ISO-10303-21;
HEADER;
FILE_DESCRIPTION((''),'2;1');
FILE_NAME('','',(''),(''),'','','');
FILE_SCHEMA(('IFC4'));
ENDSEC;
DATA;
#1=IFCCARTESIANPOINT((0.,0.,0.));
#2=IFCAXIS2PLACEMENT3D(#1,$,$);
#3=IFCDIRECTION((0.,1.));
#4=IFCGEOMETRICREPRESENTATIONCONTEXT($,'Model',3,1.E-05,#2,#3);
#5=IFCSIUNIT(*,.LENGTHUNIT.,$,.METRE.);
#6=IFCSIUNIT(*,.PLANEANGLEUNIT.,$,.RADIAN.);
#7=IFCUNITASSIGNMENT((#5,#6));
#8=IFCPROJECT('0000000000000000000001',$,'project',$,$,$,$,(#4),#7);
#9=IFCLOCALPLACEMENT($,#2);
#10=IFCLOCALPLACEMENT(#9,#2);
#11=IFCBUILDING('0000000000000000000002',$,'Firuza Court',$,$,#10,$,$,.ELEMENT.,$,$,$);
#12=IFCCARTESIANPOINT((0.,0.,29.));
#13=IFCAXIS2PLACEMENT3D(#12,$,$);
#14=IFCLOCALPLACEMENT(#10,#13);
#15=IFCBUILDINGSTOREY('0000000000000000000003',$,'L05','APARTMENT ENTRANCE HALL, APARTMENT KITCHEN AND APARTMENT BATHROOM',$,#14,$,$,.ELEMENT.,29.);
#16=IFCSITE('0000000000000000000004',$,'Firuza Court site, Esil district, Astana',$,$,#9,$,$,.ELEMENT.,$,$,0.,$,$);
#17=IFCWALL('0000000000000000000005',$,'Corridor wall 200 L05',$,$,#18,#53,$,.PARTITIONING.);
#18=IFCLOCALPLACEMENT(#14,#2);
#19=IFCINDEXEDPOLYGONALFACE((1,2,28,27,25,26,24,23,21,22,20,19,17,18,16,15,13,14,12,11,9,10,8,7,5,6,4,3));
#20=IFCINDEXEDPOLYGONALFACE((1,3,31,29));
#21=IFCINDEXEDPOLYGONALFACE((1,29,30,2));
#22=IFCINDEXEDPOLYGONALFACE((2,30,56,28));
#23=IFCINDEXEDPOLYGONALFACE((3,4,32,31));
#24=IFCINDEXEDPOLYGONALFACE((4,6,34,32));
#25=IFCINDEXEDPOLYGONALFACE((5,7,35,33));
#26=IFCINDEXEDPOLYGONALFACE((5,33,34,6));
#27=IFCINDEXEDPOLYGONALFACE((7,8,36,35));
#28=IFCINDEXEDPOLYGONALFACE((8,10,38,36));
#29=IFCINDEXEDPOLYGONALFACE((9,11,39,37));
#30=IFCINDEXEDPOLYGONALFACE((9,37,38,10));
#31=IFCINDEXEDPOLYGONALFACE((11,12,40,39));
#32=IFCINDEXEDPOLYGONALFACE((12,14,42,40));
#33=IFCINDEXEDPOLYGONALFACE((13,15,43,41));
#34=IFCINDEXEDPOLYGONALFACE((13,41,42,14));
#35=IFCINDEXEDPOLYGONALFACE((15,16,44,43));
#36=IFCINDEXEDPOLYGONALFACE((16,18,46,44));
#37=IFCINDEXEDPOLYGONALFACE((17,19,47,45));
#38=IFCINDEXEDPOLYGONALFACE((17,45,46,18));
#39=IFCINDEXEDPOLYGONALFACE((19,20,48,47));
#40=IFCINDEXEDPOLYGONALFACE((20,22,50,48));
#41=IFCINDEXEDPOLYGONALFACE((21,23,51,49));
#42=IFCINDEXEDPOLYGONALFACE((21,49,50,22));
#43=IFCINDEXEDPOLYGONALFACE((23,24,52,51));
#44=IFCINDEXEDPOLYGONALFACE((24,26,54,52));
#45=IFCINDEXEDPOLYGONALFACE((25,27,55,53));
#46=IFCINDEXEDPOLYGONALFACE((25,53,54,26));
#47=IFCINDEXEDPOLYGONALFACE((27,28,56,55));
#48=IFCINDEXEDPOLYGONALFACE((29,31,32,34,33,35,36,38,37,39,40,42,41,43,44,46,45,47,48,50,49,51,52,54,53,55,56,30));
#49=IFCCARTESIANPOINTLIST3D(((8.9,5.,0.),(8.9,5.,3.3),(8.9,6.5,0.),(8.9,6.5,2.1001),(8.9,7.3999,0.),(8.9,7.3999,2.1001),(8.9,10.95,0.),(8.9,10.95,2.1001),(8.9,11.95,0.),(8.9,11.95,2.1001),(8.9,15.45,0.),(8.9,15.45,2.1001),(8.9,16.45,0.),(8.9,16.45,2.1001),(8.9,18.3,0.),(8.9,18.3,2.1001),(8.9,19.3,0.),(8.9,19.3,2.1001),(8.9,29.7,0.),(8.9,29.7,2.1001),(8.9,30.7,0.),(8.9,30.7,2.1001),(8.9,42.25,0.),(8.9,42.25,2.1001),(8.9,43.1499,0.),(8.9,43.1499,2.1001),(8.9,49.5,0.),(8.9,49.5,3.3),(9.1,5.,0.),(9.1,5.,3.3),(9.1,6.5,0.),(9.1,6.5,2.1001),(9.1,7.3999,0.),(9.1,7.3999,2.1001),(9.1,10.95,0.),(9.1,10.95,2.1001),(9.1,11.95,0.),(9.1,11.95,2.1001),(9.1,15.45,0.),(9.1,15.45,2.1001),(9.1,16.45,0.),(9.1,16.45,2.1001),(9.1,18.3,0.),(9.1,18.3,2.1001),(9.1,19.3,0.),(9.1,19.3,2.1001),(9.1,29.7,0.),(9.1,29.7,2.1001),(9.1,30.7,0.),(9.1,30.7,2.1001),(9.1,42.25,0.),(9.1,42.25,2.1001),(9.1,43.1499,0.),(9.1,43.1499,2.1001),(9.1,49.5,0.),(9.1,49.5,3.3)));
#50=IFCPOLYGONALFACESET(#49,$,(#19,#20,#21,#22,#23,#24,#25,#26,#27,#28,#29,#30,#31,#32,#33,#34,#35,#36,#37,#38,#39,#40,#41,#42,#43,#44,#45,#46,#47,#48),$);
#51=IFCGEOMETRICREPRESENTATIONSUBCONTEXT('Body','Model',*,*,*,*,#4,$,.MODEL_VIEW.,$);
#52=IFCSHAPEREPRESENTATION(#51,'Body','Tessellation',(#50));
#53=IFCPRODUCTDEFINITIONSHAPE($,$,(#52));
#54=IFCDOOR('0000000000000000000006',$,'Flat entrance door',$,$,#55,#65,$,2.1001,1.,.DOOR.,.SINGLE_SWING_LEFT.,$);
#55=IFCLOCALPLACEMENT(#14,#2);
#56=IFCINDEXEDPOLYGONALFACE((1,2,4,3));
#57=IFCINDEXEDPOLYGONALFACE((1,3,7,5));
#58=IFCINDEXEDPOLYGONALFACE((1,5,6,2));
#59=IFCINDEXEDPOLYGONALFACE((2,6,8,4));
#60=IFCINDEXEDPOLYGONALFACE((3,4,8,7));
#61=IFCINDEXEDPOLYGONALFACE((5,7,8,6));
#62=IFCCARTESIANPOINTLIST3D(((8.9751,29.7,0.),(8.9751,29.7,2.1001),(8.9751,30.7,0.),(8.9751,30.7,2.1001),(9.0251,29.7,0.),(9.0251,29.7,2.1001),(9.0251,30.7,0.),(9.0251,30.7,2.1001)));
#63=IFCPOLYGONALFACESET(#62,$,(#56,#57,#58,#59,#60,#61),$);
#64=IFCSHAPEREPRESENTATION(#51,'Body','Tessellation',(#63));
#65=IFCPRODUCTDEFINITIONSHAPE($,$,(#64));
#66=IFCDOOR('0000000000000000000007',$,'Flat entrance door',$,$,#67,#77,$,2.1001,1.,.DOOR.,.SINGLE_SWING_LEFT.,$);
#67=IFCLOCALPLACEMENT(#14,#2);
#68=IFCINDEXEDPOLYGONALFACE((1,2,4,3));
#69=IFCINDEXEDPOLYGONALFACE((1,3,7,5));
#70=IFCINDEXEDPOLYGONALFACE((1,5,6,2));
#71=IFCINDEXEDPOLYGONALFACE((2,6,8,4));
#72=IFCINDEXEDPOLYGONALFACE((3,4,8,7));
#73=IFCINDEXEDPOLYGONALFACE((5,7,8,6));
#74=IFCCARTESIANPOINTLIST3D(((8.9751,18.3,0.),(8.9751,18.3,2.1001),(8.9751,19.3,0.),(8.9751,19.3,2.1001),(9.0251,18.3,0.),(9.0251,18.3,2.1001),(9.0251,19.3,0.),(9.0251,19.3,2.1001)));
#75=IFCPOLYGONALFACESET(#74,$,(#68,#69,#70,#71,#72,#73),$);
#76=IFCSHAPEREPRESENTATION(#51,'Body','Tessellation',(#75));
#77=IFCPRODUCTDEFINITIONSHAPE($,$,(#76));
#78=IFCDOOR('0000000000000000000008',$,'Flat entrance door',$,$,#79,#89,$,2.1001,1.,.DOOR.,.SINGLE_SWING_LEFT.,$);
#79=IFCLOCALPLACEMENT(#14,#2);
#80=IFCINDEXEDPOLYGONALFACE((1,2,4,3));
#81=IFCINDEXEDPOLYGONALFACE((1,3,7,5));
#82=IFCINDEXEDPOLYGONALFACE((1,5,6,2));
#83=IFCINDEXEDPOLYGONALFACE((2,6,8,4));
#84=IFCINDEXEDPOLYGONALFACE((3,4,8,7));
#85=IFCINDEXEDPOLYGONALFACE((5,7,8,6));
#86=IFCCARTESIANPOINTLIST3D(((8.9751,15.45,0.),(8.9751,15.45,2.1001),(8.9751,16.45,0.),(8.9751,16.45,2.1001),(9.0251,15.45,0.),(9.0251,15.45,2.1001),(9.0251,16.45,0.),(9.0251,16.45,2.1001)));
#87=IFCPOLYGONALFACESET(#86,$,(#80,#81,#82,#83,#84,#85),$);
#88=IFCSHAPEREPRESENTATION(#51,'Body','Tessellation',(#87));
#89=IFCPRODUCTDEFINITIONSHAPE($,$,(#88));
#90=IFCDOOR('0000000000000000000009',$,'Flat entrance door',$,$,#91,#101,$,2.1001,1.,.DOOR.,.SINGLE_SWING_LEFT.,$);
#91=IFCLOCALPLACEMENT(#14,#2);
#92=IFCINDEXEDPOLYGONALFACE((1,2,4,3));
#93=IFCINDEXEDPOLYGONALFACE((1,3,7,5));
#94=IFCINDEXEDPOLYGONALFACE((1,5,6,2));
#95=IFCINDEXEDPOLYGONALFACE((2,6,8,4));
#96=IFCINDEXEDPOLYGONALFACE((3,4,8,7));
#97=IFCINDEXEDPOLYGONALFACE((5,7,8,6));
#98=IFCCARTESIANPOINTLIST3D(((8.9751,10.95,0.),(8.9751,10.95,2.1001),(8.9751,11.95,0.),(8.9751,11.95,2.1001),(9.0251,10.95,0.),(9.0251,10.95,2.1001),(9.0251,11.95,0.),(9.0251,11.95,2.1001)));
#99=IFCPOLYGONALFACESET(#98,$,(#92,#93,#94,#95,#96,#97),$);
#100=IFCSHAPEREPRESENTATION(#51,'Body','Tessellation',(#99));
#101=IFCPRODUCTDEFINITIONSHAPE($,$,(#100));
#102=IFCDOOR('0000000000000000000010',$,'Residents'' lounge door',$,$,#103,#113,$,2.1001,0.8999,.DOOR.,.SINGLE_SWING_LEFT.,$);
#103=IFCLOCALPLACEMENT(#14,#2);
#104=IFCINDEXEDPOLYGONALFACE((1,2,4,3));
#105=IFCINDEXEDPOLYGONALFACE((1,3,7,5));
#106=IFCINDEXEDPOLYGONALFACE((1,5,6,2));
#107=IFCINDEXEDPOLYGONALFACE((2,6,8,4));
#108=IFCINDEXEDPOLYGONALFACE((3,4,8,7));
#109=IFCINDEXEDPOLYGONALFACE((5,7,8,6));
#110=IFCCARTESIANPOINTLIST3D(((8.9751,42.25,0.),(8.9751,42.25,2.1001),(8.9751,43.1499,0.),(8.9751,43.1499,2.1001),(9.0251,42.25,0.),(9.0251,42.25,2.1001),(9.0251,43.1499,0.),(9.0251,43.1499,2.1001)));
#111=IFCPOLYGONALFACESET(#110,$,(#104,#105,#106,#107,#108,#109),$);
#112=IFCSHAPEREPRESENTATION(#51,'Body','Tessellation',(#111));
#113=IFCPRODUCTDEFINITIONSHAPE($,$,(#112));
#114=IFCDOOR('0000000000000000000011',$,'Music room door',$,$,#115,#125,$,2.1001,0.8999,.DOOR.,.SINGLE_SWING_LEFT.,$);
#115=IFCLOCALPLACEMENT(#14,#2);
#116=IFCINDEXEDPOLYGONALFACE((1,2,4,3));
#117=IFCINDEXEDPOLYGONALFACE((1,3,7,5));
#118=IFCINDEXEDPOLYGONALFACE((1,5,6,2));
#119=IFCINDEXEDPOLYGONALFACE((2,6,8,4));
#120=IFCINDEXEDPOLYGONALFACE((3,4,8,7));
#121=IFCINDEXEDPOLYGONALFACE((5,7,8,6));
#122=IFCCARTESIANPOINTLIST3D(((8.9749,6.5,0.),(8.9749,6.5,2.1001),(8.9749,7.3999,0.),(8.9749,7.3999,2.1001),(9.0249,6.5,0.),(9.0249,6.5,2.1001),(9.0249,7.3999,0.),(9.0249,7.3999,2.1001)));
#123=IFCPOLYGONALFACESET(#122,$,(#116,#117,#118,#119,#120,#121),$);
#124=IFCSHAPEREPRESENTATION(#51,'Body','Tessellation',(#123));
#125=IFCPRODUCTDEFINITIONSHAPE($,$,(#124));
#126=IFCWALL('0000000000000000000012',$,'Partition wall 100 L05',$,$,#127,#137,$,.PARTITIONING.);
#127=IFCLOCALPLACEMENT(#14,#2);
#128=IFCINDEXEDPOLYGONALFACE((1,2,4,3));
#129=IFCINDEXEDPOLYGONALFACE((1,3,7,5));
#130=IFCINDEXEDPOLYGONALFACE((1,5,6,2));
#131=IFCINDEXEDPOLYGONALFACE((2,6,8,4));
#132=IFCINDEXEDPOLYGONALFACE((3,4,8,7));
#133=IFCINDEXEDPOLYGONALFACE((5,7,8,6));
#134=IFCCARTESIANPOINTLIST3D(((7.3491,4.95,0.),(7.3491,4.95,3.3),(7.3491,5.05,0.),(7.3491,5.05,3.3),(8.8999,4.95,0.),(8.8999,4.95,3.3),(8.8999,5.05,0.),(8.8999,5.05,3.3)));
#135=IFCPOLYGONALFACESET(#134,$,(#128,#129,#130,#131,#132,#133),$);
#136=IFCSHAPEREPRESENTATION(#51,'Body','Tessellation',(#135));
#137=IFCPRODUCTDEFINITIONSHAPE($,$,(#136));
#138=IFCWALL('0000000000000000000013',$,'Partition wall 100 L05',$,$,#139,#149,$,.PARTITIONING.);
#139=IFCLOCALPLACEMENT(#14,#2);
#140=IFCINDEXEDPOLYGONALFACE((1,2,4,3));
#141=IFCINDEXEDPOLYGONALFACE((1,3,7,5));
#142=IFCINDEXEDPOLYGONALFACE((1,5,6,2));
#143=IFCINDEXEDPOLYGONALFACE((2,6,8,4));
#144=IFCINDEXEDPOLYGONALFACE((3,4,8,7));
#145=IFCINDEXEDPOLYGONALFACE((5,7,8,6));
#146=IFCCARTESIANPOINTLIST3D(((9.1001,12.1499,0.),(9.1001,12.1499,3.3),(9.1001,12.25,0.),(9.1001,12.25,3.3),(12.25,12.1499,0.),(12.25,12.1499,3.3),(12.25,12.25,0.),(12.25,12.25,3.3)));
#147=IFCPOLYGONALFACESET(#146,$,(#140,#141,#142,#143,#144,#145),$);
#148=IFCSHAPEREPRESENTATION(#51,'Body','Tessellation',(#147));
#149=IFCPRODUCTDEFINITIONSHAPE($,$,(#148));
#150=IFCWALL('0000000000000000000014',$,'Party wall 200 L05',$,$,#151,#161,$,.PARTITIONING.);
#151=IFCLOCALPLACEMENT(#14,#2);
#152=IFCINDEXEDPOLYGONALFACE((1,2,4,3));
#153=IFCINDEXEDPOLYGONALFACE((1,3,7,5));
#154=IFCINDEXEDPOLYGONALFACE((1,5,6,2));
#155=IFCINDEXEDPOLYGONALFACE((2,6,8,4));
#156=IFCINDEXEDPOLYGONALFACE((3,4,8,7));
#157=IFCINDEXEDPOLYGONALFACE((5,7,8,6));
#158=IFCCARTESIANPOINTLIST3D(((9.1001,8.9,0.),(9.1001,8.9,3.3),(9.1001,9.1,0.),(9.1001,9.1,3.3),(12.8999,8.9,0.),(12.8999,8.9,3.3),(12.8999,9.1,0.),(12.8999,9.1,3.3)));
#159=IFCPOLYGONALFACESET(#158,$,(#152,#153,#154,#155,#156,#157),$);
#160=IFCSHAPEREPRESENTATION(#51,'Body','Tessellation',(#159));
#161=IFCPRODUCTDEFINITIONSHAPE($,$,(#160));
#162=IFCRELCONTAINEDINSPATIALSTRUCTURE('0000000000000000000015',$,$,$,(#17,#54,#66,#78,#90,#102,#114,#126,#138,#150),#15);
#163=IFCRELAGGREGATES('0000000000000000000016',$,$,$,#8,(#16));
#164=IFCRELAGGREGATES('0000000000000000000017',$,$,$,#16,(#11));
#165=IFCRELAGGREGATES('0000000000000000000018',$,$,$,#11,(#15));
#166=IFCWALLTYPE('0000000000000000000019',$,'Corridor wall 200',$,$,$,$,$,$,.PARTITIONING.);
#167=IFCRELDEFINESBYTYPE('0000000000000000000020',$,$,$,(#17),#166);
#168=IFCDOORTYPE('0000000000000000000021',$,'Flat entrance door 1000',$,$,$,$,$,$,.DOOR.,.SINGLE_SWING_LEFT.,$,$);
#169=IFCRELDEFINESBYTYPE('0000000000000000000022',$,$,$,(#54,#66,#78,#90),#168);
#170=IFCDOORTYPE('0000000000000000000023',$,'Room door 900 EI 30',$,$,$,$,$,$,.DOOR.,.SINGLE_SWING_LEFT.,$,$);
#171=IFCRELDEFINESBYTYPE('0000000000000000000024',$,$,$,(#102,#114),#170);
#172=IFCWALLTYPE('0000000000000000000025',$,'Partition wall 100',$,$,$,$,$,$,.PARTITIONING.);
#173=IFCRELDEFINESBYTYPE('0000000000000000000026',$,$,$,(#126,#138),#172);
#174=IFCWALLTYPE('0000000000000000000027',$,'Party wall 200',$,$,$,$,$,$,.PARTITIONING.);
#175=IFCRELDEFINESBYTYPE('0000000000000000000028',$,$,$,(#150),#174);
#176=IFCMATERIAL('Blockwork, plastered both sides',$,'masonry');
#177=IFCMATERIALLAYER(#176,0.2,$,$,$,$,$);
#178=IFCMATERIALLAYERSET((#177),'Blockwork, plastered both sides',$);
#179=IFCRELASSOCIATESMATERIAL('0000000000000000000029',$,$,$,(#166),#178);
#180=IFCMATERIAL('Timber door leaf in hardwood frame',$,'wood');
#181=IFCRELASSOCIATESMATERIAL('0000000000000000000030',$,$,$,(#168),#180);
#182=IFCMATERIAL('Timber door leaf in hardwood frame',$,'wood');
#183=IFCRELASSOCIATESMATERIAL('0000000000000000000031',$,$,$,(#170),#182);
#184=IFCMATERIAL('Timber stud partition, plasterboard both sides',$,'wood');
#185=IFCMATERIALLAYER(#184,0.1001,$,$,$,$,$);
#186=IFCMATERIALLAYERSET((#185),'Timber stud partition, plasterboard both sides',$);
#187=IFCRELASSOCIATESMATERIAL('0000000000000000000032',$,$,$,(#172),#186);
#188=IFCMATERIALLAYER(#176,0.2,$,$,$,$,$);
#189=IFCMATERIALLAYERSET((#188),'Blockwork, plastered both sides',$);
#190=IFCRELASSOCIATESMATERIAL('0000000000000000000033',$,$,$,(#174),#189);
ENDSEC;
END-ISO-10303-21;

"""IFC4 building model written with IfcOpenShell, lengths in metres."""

from ifc_helpers import new_model, si_unit, direction, frame, frame_2d, origin, place, context, subcontext, project, spatial, rectangle, extrude, material, layer, layer_set, type_object, element, fill, save


model = new_model("IFC4")

# Units and contexts
model_context = context("Model", 3, precision=1e-05, world=origin(), true_north=direction((0.0, 1.0)))
body_context = subcontext(model_context, "Body", "Model", "MODEL_VIEW")
ifc_project = project(units=[si_unit("LENGTHUNIT", "METRE"), si_unit("PLANEANGLEUNIT", "RADIAN")], contexts=[model_context])

# Site, building, storey
site_placement = place(None, origin())
site = spatial("IfcSite", under=ifc_project, at=site_placement, Name="Firuza Court site, Esil district, Astana", CompositionType="ELEMENT", RefElevation=0.0)
building_placement = place(site_placement, origin())
building = spatial("IfcBuilding", under=site, at=building_placement, Name="Firuza Court", CompositionType="ELEMENT")
storey_placement = place(building_placement, frame((0.0, 0.0, 29.0)))
storey = spatial("IfcBuildingStorey", under=building, at=storey_placement, Name="L05", Description="APARTMENT ENTRANCE HALL, APARTMENT KITCHEN AND APARTMENT BATHROOM", CompositionType="ELEMENT", Elevation=29.0)

# Wall, openings, doors
ifc_material_1 = material(Name="Blockwork, plastered both sides", Category="masonry")
ifc_layer_1 = layer(ifc_material_1, 0.2)
ifc_layer_set_1 = layer_set([ifc_layer_1], Name="Blockwork, plastered both sides")
wall_type_1 = type_object("IfcWallType", Name="Corridor wall 200", PredefinedType="PARTITIONING", material=ifc_layer_set_1)
wall_1_placement = place(storey_placement, frame((9.0, 5.0, 0.0), z_axis=(0.0, 0.0, 1.0), x_axis=(0.0, 1.0, 0.0)))
wall_1 = element("IfcWall", 1, at=wall_1_placement, inside=storey, type_object=wall_type_1, Name="Corridor wall 200 L05", PredefinedType="PARTITIONING", context=body_context, shape_type="SweptSolid", body=[
    extrude(rectangle(XDim=44.5, YDim=0.2, at=frame_2d((22.25, 0.0))), origin(), (0.0, 0.0, 1.0), 3.3),
])
opening_1_placement = place(wall_1_placement, frame((24.7, 0.0, 0.0)))
opening_1 = element("IfcOpeningElement", 2, at=opening_1_placement, cuts=wall_1, PredefinedType="OPENING", context=body_context, shape_type="SweptSolid", body=[
    extrude(rectangle(XDim=1.0, YDim=2.1001, at=frame_2d((0.5, 1.05))), frame((0.0, 0.1118, 0.0), z_axis=(0.0, -1.0, 0.0), x_axis=(1.0, 0.0, 0.0)), (0.0, 0.0, 1.0), 0.2239),
])
opening_2_placement = place(wall_1_placement, frame((13.3, 0.0, 0.0)))
opening_2 = element("IfcOpeningElement", 3, at=opening_2_placement, cuts=wall_1, PredefinedType="OPENING", context=body_context, shape_type="SweptSolid", body=[
    extrude(rectangle(XDim=1.0, YDim=2.1001, at=frame_2d((0.5, 1.05))), frame((0.0, 0.1118, 0.0), z_axis=(0.0, -1.0, 0.0), x_axis=(1.0, 0.0, 0.0)), (0.0, 0.0, 1.0), 0.2239),
])
opening_3_placement = place(wall_1_placement, frame((10.45, 0.0, 0.0)))
opening_3 = element("IfcOpeningElement", 4, at=opening_3_placement, cuts=wall_1, PredefinedType="OPENING", context=body_context, shape_type="SweptSolid", body=[
    extrude(rectangle(XDim=1.0, YDim=2.1001, at=frame_2d((0.5, 1.05))), frame((0.0, 0.1118, 0.0), z_axis=(0.0, -1.0, 0.0), x_axis=(1.0, 0.0, 0.0)), (0.0, 0.0, 1.0), 0.2239),
])
opening_4_placement = place(wall_1_placement, frame((5.95, 0.0, 0.0)))
opening_4 = element("IfcOpeningElement", 5, at=opening_4_placement, cuts=wall_1, PredefinedType="OPENING", context=body_context, shape_type="SweptSolid", body=[
    extrude(rectangle(XDim=1.0, YDim=2.1001, at=frame_2d((0.5, 1.05))), frame((0.0, 0.1118, 0.0), z_axis=(0.0, -1.0, 0.0), x_axis=(1.0, 0.0, 0.0)), (0.0, 0.0, 1.0), 0.2239),
])
opening_5_placement = place(wall_1_placement, frame((37.25, 0.0, 0.0)))
opening_5 = element("IfcOpeningElement", 6, at=opening_5_placement, cuts=wall_1, PredefinedType="OPENING", context=body_context, shape_type="SweptSolid", body=[
    extrude(rectangle(XDim=0.8999, YDim=2.1001, at=frame_2d((0.45, 1.05))), frame((0.0, 0.1118, 0.0), z_axis=(0.0, -1.0, 0.0), x_axis=(1.0, 0.0, 0.0)), (0.0, 0.0, 1.0), 0.2239),
])
opening_6_placement = place(wall_1_placement, frame((1.5, 0.0, 0.0)))
opening_6 = element("IfcOpeningElement", 7, at=opening_6_placement, cuts=wall_1, PredefinedType="OPENING", context=body_context, shape_type="SweptSolid", body=[
    extrude(rectangle(XDim=0.8999, YDim=2.1001, at=frame_2d((0.45, 1.05))), frame((0.0, 0.1118, 0.0), z_axis=(0.0, -1.0, 0.0), x_axis=(1.0, 0.0, 0.0)), (0.0, 0.0, 1.0), 0.2239),
])
ifc_material_2 = material(Name="Timber door leaf in hardwood frame", Category="wood")
door_type_1 = type_object("IfcDoorType", Name="Flat entrance door 1000", OperationType="SINGLE_SWING_LEFT", PredefinedType="DOOR", material=ifc_material_2)
door_1_placement = place(opening_1_placement, origin())
door_1 = element("IfcDoor", 8, at=door_1_placement, inside=storey, type_object=door_type_1, Name="Flat entrance door", OperationType="SINGLE_SWING_LEFT", OverallHeight=2.1001, OverallWidth=1.0, PredefinedType="DOOR", context=body_context, shape_type="SweptSolid", body=[
    extrude(rectangle(XDim=1.0, YDim=2.1001, at=frame_2d((0.5, 1.05))), frame((0.0, 0.0249, 0.0), z_axis=(0.0, -1.0, 0.0), x_axis=(1.0, 0.0, 0.0)), (0.0, 0.0, 1.0), 0.05),
])
fill(opening_1, door_1)
door_2_placement = place(opening_2_placement, origin())
door_2 = element("IfcDoor", 9, at=door_2_placement, inside=storey, type_object=door_type_1, Name="Flat entrance door", OperationType="SINGLE_SWING_LEFT", OverallHeight=2.1001, OverallWidth=1.0, PredefinedType="DOOR", context=body_context, shape_type="SweptSolid", body=[
    extrude(rectangle(XDim=1.0, YDim=2.1001, at=frame_2d((0.5, 1.05))), frame((0.0, 0.0249, 0.0), z_axis=(0.0, -1.0, 0.0), x_axis=(1.0, 0.0, 0.0)), (0.0, 0.0, 1.0), 0.05),
])
fill(opening_2, door_2)
door_3_placement = place(opening_3_placement, origin())
door_3 = element("IfcDoor", 10, at=door_3_placement, inside=storey, type_object=door_type_1, Name="Flat entrance door", OperationType="SINGLE_SWING_LEFT", OverallHeight=2.1001, OverallWidth=1.0, PredefinedType="DOOR", context=body_context, shape_type="SweptSolid", body=[
    extrude(rectangle(XDim=1.0, YDim=2.1001, at=frame_2d((0.5, 1.05))), frame((0.0, 0.0249, 0.0), z_axis=(0.0, -1.0, 0.0), x_axis=(1.0, 0.0, 0.0)), (0.0, 0.0, 1.0), 0.05),
])
fill(opening_3, door_3)
door_4_placement = place(opening_4_placement, origin())
door_4 = element("IfcDoor", 11, at=door_4_placement, inside=storey, type_object=door_type_1, Name="Flat entrance door", OperationType="SINGLE_SWING_LEFT", OverallHeight=2.1001, OverallWidth=1.0, PredefinedType="DOOR", context=body_context, shape_type="SweptSolid", body=[
    extrude(rectangle(XDim=1.0, YDim=2.1001, at=frame_2d((0.5, 1.05))), frame((0.0, 0.0249, 0.0), z_axis=(0.0, -1.0, 0.0), x_axis=(1.0, 0.0, 0.0)), (0.0, 0.0, 1.0), 0.05),
])
fill(opening_4, door_4)
ifc_material_3 = material(Name="Timber door leaf in hardwood frame", Category="wood")
door_type_2 = type_object("IfcDoorType", Name="Room door 900 EI 30", OperationType="SINGLE_SWING_LEFT", PredefinedType="DOOR", material=ifc_material_3)
door_5_placement = place(opening_5_placement, origin())
door_5 = element("IfcDoor", 12, at=door_5_placement, inside=storey, type_object=door_type_2, Name="Residents' lounge door", OperationType="SINGLE_SWING_LEFT", OverallHeight=2.1001, OverallWidth=0.8999, PredefinedType="DOOR", context=body_context, shape_type="SweptSolid", body=[
    extrude(rectangle(XDim=0.8999, YDim=2.1001, at=frame_2d((0.45, 1.05))), frame((0.0, 0.0249, 0.0), z_axis=(0.0, -1.0, 0.0), x_axis=(1.0, 0.0, 0.0)), (0.0, 0.0, 1.0), 0.05),
])
fill(opening_5, door_5)
door_6_placement = place(opening_6_placement, frame((0.8999, 0.0, 0.0), z_axis=(0.0, 0.0, 1.0), x_axis=(-1.0, 0.0, 0.0)))
door_6 = element("IfcDoor", 13, at=door_6_placement, inside=storey, type_object=door_type_2, Name="Music room door", OperationType="SINGLE_SWING_LEFT", OverallHeight=2.1001, OverallWidth=0.8999, PredefinedType="DOOR", context=body_context, shape_type="SweptSolid", body=[
    extrude(rectangle(XDim=0.8999, YDim=2.1001, at=frame_2d((0.45, 1.05))), frame((0.0, 0.0249, 0.0), z_axis=(0.0, -1.0, 0.0), x_axis=(1.0, 0.0, 0.0)), (0.0, 0.0, 1.0), 0.05),
])
fill(opening_6, door_6)

# Walls
ifc_material_4 = material(Name="Timber stud partition, plasterboard both sides", Category="wood")
ifc_layer_2 = layer(ifc_material_4, 0.1001)
ifc_layer_set_2 = layer_set([ifc_layer_2], Name="Timber stud partition, plasterboard both sides")
wall_type_2 = type_object("IfcWallType", Name="Partition wall 100", PredefinedType="PARTITIONING", material=ifc_layer_set_2)
wall_2_placement = place(storey_placement, frame((7.3491, 5.0, 0.0), z_axis=(0.0, 0.0, 1.0), x_axis=(1.0, 0.0, 0.0)))
element("IfcWall", 14, at=wall_2_placement, inside=storey, type_object=wall_type_2, Name="Partition wall 100 L05", PredefinedType="PARTITIONING", context=body_context, shape_type="SweptSolid", body=[
    extrude(rectangle(XDim=1.5508, YDim=0.1001, at=frame_2d((0.7754, 0.0))), origin(), (0.0, 0.0, 1.0), 3.3),
])
wall_3_placement = place(storey_placement, frame((9.1001, 12.2, 0.0), z_axis=(0.0, 0.0, 1.0), x_axis=(1.0, 0.0, 0.0)))
element("IfcWall", 15, at=wall_3_placement, inside=storey, type_object=wall_type_2, Name="Partition wall 100 L05", PredefinedType="PARTITIONING", context=body_context, shape_type="SweptSolid", body=[
    extrude(rectangle(XDim=3.1499, YDim=0.1001, at=frame_2d((1.575, 0.0))), origin(), (0.0, 0.0, 1.0), 3.3),
])
ifc_layer_3 = layer(ifc_material_1, 0.2)
ifc_layer_set_3 = layer_set([ifc_layer_3], Name="Blockwork, plastered both sides")
wall_type_3 = type_object("IfcWallType", Name="Party wall 200", PredefinedType="PARTITIONING", material=ifc_layer_set_3)
wall_4_placement = place(storey_placement, frame((9.1001, 9.0, 0.0), z_axis=(0.0, 0.0, 1.0), x_axis=(1.0, 0.0, 0.0)))
element("IfcWall", 16, at=wall_4_placement, inside=storey, type_object=wall_type_3, Name="Party wall 200 L05", PredefinedType="PARTITIONING", context=body_context, shape_type="SweptSolid", body=[
    extrude(rectangle(XDim=3.7998, YDim=0.2, at=frame_2d((1.8999, 0.0))), origin(), (0.0, 0.0, 1.0), 3.3),
])

save(model, "model.ifc")
